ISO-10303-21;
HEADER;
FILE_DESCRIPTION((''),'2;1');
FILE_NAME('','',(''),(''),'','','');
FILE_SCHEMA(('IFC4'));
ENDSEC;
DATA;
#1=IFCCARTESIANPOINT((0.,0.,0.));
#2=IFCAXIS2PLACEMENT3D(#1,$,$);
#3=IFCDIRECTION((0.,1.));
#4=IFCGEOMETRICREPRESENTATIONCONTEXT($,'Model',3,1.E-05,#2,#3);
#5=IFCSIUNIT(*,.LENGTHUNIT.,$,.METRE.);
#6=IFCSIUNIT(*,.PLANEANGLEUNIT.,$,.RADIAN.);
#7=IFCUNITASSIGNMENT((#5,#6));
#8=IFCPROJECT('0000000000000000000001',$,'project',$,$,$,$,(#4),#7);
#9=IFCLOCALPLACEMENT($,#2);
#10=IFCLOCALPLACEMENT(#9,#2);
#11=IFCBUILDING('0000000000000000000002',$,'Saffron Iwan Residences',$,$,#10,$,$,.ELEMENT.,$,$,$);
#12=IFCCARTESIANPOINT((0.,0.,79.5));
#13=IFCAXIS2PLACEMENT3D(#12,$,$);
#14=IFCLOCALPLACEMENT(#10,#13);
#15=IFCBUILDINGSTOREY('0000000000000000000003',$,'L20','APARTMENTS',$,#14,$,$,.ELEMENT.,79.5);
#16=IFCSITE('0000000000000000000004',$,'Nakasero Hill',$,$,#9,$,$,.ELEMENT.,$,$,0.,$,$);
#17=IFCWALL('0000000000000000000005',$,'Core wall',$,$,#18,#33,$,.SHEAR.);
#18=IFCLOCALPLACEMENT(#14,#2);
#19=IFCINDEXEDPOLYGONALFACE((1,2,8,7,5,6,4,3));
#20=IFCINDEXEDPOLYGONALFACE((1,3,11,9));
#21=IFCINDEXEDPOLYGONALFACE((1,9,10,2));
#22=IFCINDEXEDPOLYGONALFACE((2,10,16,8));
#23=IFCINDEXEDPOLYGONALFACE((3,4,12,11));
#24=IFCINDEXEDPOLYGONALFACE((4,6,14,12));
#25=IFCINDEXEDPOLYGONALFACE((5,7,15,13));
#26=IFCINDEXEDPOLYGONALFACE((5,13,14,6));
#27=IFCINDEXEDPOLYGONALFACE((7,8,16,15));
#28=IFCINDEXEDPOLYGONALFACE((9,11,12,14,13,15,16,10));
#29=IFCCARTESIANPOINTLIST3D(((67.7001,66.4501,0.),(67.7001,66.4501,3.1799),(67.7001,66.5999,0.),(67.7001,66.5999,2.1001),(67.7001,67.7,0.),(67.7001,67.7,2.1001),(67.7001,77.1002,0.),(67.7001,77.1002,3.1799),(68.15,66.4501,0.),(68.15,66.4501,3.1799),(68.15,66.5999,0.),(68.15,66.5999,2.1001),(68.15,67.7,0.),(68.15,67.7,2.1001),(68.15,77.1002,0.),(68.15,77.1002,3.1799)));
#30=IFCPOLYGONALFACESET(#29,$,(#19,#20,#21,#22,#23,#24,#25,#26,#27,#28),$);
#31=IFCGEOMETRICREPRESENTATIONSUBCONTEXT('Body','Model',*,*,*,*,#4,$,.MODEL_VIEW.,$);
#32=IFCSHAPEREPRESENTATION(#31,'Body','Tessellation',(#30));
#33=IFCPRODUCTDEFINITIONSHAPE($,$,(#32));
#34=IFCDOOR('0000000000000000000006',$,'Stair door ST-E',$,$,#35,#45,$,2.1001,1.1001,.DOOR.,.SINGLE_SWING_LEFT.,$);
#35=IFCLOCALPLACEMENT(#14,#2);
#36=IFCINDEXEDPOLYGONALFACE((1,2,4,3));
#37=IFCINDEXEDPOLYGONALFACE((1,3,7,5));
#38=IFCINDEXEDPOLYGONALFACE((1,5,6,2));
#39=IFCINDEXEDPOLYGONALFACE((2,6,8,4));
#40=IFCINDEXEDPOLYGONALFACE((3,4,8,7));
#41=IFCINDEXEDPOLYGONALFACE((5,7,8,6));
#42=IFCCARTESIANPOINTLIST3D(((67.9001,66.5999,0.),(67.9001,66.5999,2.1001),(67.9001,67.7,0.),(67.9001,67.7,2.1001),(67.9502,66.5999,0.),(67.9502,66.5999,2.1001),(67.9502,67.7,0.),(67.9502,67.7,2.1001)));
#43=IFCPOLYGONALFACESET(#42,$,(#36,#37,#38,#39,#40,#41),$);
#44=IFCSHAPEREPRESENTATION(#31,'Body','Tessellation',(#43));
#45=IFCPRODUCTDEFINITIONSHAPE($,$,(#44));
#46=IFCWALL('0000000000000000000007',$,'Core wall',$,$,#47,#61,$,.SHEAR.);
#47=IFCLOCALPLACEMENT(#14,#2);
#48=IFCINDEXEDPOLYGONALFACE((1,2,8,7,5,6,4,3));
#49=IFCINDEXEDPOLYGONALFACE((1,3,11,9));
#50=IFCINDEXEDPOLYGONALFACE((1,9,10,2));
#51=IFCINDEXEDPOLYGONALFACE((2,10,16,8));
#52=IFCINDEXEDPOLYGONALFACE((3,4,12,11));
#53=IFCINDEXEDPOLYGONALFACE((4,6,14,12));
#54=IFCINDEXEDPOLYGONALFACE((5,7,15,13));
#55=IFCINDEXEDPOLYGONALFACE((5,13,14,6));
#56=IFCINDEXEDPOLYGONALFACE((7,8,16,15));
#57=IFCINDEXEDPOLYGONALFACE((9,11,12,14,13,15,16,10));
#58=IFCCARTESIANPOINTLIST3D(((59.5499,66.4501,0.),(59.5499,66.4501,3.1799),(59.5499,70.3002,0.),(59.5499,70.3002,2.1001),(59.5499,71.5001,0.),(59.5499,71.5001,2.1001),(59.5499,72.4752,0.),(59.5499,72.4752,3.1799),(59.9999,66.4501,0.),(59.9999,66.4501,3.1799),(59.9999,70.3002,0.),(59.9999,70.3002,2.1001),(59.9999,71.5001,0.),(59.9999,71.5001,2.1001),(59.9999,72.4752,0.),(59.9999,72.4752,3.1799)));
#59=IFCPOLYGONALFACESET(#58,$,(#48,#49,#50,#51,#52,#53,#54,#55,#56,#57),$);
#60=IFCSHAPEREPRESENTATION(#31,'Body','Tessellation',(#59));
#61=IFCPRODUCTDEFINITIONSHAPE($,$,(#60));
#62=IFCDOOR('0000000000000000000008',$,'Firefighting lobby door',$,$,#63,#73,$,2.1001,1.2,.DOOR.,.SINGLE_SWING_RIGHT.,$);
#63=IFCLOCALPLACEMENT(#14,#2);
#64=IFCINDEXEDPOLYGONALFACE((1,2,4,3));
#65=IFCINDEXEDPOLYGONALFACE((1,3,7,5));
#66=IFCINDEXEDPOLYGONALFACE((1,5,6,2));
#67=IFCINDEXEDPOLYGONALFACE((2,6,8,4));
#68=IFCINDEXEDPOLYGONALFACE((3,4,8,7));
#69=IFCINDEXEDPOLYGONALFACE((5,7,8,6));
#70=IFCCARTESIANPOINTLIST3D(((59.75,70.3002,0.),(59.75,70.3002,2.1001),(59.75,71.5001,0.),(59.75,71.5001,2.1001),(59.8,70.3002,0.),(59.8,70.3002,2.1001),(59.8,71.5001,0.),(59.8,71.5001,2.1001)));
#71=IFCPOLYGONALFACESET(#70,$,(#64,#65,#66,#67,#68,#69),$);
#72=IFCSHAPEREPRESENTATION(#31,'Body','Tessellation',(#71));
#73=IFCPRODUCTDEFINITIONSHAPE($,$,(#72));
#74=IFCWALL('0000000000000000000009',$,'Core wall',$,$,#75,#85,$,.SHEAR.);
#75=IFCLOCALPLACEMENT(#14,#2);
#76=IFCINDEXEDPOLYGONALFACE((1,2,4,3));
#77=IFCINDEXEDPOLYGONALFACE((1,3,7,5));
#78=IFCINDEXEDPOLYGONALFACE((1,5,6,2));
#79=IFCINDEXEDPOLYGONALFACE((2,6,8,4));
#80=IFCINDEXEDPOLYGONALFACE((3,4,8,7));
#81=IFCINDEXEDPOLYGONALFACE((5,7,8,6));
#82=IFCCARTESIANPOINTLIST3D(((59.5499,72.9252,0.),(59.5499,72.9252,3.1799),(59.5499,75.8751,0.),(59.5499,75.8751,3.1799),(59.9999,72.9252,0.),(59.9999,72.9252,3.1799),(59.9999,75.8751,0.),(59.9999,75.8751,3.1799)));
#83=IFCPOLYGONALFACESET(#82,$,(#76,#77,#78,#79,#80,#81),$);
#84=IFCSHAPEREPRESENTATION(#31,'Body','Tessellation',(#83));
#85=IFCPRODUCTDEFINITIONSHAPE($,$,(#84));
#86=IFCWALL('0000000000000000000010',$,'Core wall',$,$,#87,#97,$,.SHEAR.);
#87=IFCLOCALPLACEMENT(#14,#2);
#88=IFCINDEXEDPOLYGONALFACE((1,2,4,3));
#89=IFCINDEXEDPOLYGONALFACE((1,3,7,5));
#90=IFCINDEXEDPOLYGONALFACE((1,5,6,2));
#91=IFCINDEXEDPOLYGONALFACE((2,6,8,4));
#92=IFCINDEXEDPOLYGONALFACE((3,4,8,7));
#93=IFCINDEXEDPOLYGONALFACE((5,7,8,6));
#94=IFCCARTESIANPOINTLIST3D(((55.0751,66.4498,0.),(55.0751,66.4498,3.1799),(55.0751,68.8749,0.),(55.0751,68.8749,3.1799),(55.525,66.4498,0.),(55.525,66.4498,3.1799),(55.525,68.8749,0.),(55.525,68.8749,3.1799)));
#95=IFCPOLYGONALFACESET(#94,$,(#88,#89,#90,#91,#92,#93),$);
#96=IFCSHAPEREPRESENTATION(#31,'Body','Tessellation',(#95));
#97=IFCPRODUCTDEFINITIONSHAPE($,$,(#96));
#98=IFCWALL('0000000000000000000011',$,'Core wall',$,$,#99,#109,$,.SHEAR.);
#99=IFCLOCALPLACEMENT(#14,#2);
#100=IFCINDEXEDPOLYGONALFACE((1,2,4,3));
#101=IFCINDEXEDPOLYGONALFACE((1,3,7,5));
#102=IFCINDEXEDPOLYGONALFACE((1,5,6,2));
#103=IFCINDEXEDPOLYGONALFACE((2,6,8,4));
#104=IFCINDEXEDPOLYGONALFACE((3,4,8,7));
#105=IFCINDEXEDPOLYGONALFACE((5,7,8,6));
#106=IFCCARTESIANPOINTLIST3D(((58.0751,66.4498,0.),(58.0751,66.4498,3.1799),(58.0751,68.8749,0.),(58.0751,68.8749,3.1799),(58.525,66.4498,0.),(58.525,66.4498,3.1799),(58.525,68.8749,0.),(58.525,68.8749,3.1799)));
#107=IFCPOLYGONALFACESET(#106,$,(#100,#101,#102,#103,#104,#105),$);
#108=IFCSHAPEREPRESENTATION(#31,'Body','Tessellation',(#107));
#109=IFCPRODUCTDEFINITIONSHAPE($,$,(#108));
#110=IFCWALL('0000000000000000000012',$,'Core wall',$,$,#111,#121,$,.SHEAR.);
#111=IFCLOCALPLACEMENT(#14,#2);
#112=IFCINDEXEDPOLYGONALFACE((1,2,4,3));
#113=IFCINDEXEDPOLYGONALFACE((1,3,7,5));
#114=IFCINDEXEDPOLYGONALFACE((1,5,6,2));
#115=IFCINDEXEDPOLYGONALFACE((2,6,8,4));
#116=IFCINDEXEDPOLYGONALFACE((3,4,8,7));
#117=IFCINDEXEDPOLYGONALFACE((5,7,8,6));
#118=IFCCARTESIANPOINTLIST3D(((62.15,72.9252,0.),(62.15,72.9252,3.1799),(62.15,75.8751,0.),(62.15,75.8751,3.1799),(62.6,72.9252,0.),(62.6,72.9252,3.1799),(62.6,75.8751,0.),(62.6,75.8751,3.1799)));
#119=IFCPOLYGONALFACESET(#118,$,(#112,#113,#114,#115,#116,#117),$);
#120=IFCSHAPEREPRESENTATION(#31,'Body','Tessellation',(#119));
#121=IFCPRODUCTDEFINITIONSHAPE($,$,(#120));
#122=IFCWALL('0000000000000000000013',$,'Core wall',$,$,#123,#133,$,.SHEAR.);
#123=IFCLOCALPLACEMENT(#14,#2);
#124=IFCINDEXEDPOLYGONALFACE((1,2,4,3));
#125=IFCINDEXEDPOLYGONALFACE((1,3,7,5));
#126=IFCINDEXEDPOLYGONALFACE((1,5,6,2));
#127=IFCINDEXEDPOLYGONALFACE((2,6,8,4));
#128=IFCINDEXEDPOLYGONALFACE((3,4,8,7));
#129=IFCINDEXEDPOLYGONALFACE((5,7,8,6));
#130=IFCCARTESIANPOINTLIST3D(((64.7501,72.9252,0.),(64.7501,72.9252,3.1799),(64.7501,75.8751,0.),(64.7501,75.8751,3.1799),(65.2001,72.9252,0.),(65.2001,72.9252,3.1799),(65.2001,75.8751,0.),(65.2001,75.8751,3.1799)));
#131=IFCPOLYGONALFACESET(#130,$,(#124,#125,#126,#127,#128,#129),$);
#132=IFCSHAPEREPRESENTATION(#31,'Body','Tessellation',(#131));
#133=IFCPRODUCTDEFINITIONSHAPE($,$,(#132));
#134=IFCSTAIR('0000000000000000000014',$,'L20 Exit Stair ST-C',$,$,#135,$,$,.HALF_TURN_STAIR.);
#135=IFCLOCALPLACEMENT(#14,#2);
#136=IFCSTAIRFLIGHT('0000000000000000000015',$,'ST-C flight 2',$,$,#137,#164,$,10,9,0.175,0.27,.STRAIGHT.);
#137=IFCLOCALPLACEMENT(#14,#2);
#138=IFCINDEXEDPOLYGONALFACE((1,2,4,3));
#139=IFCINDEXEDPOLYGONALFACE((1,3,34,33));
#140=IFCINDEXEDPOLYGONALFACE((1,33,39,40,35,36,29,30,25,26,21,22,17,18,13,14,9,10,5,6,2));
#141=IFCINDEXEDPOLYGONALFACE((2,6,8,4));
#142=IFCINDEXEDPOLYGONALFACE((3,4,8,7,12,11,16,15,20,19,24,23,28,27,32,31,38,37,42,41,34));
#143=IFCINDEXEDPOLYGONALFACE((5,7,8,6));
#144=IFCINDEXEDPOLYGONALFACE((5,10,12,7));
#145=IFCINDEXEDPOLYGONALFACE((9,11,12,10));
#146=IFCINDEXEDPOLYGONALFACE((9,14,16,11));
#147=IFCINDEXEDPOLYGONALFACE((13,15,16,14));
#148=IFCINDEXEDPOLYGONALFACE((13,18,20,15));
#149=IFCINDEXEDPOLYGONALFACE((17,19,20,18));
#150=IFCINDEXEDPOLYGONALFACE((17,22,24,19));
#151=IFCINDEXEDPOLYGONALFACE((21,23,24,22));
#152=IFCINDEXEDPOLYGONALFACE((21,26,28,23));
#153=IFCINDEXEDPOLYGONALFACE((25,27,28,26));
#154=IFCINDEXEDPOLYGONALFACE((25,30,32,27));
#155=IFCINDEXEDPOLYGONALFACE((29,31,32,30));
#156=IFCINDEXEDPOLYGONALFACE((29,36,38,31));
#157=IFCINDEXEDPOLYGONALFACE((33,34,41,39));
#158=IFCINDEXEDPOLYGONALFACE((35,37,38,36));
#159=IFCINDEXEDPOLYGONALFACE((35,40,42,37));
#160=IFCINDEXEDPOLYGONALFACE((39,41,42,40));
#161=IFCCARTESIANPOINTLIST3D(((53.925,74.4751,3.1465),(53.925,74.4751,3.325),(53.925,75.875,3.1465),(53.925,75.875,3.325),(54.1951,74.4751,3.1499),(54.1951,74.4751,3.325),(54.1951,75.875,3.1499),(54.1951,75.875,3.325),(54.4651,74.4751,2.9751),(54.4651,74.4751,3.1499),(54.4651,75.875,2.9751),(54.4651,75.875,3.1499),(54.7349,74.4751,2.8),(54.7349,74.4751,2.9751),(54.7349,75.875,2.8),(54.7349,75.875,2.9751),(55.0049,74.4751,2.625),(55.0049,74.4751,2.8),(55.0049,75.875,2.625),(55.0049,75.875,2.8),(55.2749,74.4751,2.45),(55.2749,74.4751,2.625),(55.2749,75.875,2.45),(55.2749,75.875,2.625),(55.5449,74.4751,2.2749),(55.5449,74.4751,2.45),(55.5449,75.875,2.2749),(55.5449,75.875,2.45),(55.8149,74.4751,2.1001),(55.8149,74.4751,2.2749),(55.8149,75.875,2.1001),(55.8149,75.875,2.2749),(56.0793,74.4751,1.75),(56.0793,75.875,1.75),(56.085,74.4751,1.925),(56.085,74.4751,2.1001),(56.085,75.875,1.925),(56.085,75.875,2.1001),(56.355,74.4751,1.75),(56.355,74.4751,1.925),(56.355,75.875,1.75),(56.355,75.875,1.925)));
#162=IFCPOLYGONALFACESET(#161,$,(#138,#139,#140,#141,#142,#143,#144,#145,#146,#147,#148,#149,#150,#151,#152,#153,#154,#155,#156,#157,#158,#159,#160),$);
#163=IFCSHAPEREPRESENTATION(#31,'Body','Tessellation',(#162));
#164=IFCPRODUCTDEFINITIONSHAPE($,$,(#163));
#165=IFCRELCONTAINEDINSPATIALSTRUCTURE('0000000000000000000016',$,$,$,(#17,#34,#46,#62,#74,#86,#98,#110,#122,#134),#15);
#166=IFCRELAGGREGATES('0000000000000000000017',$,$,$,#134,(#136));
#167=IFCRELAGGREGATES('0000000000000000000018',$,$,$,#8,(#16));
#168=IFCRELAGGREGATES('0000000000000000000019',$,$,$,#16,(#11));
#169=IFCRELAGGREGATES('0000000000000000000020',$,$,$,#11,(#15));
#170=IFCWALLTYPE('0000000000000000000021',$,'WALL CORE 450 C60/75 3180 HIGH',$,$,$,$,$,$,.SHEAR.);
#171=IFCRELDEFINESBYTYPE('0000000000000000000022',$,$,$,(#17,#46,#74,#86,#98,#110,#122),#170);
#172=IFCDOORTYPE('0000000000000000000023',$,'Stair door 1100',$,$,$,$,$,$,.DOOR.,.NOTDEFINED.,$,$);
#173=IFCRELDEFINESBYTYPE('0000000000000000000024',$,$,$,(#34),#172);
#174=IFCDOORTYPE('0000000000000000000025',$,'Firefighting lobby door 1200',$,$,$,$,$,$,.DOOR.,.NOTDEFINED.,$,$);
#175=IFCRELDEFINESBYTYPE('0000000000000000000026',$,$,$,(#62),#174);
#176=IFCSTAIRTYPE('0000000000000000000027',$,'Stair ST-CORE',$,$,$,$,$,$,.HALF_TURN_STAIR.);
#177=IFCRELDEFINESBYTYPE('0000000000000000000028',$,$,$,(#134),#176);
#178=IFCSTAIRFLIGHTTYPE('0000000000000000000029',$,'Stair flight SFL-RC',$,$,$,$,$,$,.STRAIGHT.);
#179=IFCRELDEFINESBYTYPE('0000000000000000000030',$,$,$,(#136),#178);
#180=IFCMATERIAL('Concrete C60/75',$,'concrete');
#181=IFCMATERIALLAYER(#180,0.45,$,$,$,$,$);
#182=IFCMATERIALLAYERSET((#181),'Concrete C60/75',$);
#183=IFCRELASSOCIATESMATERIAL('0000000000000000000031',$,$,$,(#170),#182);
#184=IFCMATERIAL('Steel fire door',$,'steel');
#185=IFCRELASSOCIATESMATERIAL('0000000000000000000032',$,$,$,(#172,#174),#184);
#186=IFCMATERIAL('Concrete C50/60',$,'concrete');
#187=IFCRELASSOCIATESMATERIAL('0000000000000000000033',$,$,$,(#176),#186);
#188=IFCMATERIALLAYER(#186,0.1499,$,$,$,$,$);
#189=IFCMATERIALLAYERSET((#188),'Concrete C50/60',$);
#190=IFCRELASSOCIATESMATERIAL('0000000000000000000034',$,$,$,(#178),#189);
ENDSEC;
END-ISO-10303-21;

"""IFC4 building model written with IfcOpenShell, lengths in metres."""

from ifc_helpers import new_model, si_unit, direction, frame, frame_2d, origin, place, context, subcontext, project, spatial, polyline, rectangle, outline, extrude, material, layer, layer_set, type_object, element, fill, aggregate, save


model = new_model("IFC4")

# Units and contexts
model_context = context("Model", 3, precision=1e-05, world=origin(), true_north=direction((0.0, 1.0)))
body_context = subcontext(model_context, "Body", "Model", "MODEL_VIEW")
ifc_project = project(units=[si_unit("LENGTHUNIT", "METRE"), si_unit("PLANEANGLEUNIT", "RADIAN")], contexts=[model_context])

# Site, building, storey
site_placement = place(None, origin())
site = spatial("IfcSite", under=ifc_project, at=site_placement, Name="Nakasero Hill", CompositionType="ELEMENT", RefElevation=0.0)
building_placement = place(site_placement, origin())
building = spatial("IfcBuilding", under=site, at=building_placement, Name="Saffron Iwan Residences", CompositionType="ELEMENT")
storey_placement = place(building_placement, frame((0.0, 0.0, 79.5)))
storey = spatial("IfcBuildingStorey", under=building, at=storey_placement, Name="L20", Description="APARTMENTS", CompositionType="ELEMENT", Elevation=79.5)

# Shared definitions
ifc_material_1 = material(Name="Concrete C60/75", Category="concrete")

# Shared definitions
ifc_layer_1 = layer(ifc_material_1, 0.45)
ifc_layer_set_1 = layer_set([ifc_layer_1], Name="Concrete C60/75")
wall_type_1 = type_object("IfcWallType", Name="WALL CORE 450 C60/75 3180 HIGH", PredefinedType="SHEAR", material=ifc_layer_set_1)

# Walls, openings, doors
wall_1_placement = place(storey_placement, frame((67.925, 66.45, 0.0), z_axis=(0.0, 0.0, 1.0), x_axis=(0.0, 1.0, 0.0)))
wall_1 = element("IfcWall", 1, at=wall_1_placement, inside=storey, type_object=wall_type_1, Name="Core wall", PredefinedType="SHEAR", context=body_context, shape_type="SweptSolid", body=[
    extrude(rectangle(XDim=10.6501, YDim=0.45, at=frame_2d((5.3252, 0.0))), origin(), (0.0, 0.0, 1.0), 3.1799),
])
opening_1_placement = place(wall_1_placement, frame((0.1499, 0.0, 0.0)))
opening_1 = element("IfcOpeningElement", 2, at=opening_1_placement, cuts=wall_1, PredefinedType="OPENING", context=body_context, shape_type="SweptSolid", body=[
    extrude(rectangle(XDim=1.1001, YDim=2.1001, at=frame_2d((0.55, 1.05))), frame((0.0, 0.2349, 0.0), z_axis=(0.0, -1.0, 0.0), x_axis=(1.0, 0.0, 0.0)), (0.0, 0.0, 1.0), 0.47),
])
ifc_material_2 = material(Name="Steel fire door", Category="steel")
door_type_1 = type_object("IfcDoorType", Name="Stair door 1100", OperationType="NOTDEFINED", PredefinedType="DOOR", material=ifc_material_2)
door_1_placement = place(opening_1_placement, origin())
door_1 = element("IfcDoor", 3, at=door_1_placement, inside=storey, type_object=door_type_1, Name="Stair door ST-E", OperationType="SINGLE_SWING_LEFT", OverallHeight=2.1001, OverallWidth=1.1001, PredefinedType="DOOR", context=body_context, shape_type="SweptSolid", body=[
    extrude(rectangle(XDim=1.1001, YDim=2.1001, at=frame_2d((0.55, 1.05))), frame((0.0, 0.0249, 0.0), z_axis=(0.0, -1.0, 0.0), x_axis=(1.0, 0.0, 0.0)), (0.0, 0.0, 1.0), 0.05),
])
fill(opening_1, door_1)
wall_2_placement = place(storey_placement, frame((59.7749, 66.45, 0.0), z_axis=(0.0, 0.0, 1.0), x_axis=(0.0, 1.0, 0.0)))
wall_2 = element("IfcWall", 4, at=wall_2_placement, inside=storey, type_object=wall_type_1, Name="Core wall", PredefinedType="SHEAR", context=body_context, shape_type="SweptSolid", body=[
    extrude(rectangle(XDim=6.0251, YDim=0.45, at=frame_2d((3.0127, 0.0))), origin(), (0.0, 0.0, 1.0), 3.1799),
])
opening_2_placement = place(wall_2_placement, frame((3.8501, 0.0, 0.0)))
opening_2 = element("IfcOpeningElement", 5, at=opening_2_placement, cuts=wall_2, PredefinedType="OPENING", context=body_context, shape_type="SweptSolid", body=[
    extrude(rectangle(XDim=1.2, YDim=2.1001, at=frame_2d((0.6001, 1.05))), frame((0.0, 0.2349, 0.0), z_axis=(0.0, -1.0, 0.0), x_axis=(1.0, 0.0, 0.0)), (0.0, 0.0, 1.0), 0.47),
])
door_type_2 = type_object("IfcDoorType", Name="Firefighting lobby door 1200", OperationType="NOTDEFINED", PredefinedType="DOOR", material=ifc_material_2)
door_2_placement = place(opening_2_placement, origin())
door_2 = element("IfcDoor", 6, at=door_2_placement, inside=storey, type_object=door_type_2, Name="Firefighting lobby door", OperationType="SINGLE_SWING_RIGHT", OverallHeight=2.1001, OverallWidth=1.2, PredefinedType="DOOR", context=body_context, shape_type="SweptSolid", body=[
    extrude(rectangle(XDim=1.2, YDim=2.1001, at=frame_2d((0.6001, 1.05))), frame((0.0, 0.0249, 0.0), z_axis=(0.0, -1.0, 0.0), x_axis=(1.0, 0.0, 0.0)), (0.0, 0.0, 1.0), 0.05),
])
fill(opening_2, door_2)

# Walls
wall_3_placement = place(storey_placement, frame((59.7749, 72.925, 0.0), z_axis=(0.0, 0.0, 1.0), x_axis=(0.0, 1.0, 0.0)))
element("IfcWall", 7, at=wall_3_placement, inside=storey, type_object=wall_type_1, Name="Core wall", PredefinedType="SHEAR", context=body_context, shape_type="SweptSolid", body=[
    extrude(rectangle(XDim=2.95, YDim=0.45, at=frame_2d((1.4751, 0.0))), origin(), (0.0, 0.0, 1.0), 3.1799),
])
for number, where, z_axis, x_axis, name in (
    (8, (55.3, 66.45, 0.0), (0.0, 0.0, 1.0), (0.0, 1.0, 0.0), "Core wall"),
    (9, (58.3, 66.45, 0.0), (0.0, 0.0, 1.0), (0.0, 1.0, 0.0), "Core wall"),
):
    element("IfcWall", number, at=place(storey_placement, frame(where, z_axis=z_axis, x_axis=x_axis)), inside=storey, type_object=wall_type_1, Name=name, PredefinedType="SHEAR", context=body_context, shape_type="SweptSolid", body=[
        extrude(rectangle(XDim=2.425, YDim=0.45, at=frame_2d((1.2124, 0.0))), origin(), (0.0, 0.0, 1.0), 3.1799),
    ])
for number, where, z_axis, x_axis, name in (
    (10, (62.375, 72.925, 0.0), (0.0, 0.0, 1.0), (0.0, 1.0, 0.0), "Core wall"),
    (11, (64.9751, 72.925, 0.0), (0.0, 0.0, 1.0), (0.0, 1.0, 0.0), "Core wall"),
):
    element("IfcWall", number, at=place(storey_placement, frame(where, z_axis=z_axis, x_axis=x_axis)), inside=storey, type_object=wall_type_1, Name=name, PredefinedType="SHEAR", context=body_context, shape_type="SweptSolid", body=[
        extrude(rectangle(XDim=2.95, YDim=0.45, at=frame_2d((1.4751, 0.0))), origin(), (0.0, 0.0, 1.0), 3.1799),
    ])

# Stair, stair flight
ifc_material_3 = material(Name="Concrete C50/60", Category="concrete")
stair_type = type_object("IfcStairType", Name="Stair ST-CORE", PredefinedType="HALF_TURN_STAIR", material=ifc_material_3)
stair_1_placement = place(storey_placement, origin())
stair_1 = element("IfcStair", 12, at=stair_1_placement, inside=storey, type_object=stair_type, Name="L20 Exit Stair ST-C", PredefinedType="HALF_TURN_STAIR")
ifc_layer_2 = layer(ifc_material_3, 0.1499)
ifc_layer_set_2 = layer_set([ifc_layer_2], Name="Concrete C50/60")
stair_flight_type = type_object("IfcStairFlightType", Name="Stair flight SFL-RC", PredefinedType="STRAIGHT", material=ifc_layer_set_2)
stair_flight_1_placement = place(storey_placement, frame((56.355, 75.175, 1.75), z_axis=(0.0, 0.0, 1.0), x_axis=(-1.0, 0.0, 0.0)))
stair_flight_1 = element("IfcStairFlight", 13, at=stair_flight_1_placement, type_object=stair_flight_type, Name="ST-C flight 2", NumberOfRisers=10, NumberOfTreads=9, PredefinedType="STRAIGHT", RiserHeight=0.175, TreadLength=0.27, context=body_context, shape_type="SweptSolid", body=[
    extrude(outline(polyline([(0.0, 0.0), (0.0, 0.175), (0.27, 0.175), (0.27, 0.3501), (0.54, 0.3501), (0.54, 0.5249), (0.8101, 0.5249), (0.8101, 0.7), (1.0801, 0.7), (1.0801, 0.875), (1.3501, 0.875), (1.3501, 1.05), (1.6201, 1.05), (1.6201, 1.2251), (1.8899, 1.2251), (1.8899, 1.3999), (2.1599, 1.3999), (2.1599, 1.575), (2.4299, 1.575), (2.4299, 1.75), (2.4299, 1.3965), (0.2756, 0.0), (0.0, 0.0)])), frame((0.0, 0.7, 0.0), z_axis=(0.0, -1.0, 0.0), x_axis=(1.0, 0.0, 0.0)), (0.0, 0.0, 1.0), 1.3999),
])
aggregate(stair_1, [stair_flight_1])

save(model, "model.ifc")
